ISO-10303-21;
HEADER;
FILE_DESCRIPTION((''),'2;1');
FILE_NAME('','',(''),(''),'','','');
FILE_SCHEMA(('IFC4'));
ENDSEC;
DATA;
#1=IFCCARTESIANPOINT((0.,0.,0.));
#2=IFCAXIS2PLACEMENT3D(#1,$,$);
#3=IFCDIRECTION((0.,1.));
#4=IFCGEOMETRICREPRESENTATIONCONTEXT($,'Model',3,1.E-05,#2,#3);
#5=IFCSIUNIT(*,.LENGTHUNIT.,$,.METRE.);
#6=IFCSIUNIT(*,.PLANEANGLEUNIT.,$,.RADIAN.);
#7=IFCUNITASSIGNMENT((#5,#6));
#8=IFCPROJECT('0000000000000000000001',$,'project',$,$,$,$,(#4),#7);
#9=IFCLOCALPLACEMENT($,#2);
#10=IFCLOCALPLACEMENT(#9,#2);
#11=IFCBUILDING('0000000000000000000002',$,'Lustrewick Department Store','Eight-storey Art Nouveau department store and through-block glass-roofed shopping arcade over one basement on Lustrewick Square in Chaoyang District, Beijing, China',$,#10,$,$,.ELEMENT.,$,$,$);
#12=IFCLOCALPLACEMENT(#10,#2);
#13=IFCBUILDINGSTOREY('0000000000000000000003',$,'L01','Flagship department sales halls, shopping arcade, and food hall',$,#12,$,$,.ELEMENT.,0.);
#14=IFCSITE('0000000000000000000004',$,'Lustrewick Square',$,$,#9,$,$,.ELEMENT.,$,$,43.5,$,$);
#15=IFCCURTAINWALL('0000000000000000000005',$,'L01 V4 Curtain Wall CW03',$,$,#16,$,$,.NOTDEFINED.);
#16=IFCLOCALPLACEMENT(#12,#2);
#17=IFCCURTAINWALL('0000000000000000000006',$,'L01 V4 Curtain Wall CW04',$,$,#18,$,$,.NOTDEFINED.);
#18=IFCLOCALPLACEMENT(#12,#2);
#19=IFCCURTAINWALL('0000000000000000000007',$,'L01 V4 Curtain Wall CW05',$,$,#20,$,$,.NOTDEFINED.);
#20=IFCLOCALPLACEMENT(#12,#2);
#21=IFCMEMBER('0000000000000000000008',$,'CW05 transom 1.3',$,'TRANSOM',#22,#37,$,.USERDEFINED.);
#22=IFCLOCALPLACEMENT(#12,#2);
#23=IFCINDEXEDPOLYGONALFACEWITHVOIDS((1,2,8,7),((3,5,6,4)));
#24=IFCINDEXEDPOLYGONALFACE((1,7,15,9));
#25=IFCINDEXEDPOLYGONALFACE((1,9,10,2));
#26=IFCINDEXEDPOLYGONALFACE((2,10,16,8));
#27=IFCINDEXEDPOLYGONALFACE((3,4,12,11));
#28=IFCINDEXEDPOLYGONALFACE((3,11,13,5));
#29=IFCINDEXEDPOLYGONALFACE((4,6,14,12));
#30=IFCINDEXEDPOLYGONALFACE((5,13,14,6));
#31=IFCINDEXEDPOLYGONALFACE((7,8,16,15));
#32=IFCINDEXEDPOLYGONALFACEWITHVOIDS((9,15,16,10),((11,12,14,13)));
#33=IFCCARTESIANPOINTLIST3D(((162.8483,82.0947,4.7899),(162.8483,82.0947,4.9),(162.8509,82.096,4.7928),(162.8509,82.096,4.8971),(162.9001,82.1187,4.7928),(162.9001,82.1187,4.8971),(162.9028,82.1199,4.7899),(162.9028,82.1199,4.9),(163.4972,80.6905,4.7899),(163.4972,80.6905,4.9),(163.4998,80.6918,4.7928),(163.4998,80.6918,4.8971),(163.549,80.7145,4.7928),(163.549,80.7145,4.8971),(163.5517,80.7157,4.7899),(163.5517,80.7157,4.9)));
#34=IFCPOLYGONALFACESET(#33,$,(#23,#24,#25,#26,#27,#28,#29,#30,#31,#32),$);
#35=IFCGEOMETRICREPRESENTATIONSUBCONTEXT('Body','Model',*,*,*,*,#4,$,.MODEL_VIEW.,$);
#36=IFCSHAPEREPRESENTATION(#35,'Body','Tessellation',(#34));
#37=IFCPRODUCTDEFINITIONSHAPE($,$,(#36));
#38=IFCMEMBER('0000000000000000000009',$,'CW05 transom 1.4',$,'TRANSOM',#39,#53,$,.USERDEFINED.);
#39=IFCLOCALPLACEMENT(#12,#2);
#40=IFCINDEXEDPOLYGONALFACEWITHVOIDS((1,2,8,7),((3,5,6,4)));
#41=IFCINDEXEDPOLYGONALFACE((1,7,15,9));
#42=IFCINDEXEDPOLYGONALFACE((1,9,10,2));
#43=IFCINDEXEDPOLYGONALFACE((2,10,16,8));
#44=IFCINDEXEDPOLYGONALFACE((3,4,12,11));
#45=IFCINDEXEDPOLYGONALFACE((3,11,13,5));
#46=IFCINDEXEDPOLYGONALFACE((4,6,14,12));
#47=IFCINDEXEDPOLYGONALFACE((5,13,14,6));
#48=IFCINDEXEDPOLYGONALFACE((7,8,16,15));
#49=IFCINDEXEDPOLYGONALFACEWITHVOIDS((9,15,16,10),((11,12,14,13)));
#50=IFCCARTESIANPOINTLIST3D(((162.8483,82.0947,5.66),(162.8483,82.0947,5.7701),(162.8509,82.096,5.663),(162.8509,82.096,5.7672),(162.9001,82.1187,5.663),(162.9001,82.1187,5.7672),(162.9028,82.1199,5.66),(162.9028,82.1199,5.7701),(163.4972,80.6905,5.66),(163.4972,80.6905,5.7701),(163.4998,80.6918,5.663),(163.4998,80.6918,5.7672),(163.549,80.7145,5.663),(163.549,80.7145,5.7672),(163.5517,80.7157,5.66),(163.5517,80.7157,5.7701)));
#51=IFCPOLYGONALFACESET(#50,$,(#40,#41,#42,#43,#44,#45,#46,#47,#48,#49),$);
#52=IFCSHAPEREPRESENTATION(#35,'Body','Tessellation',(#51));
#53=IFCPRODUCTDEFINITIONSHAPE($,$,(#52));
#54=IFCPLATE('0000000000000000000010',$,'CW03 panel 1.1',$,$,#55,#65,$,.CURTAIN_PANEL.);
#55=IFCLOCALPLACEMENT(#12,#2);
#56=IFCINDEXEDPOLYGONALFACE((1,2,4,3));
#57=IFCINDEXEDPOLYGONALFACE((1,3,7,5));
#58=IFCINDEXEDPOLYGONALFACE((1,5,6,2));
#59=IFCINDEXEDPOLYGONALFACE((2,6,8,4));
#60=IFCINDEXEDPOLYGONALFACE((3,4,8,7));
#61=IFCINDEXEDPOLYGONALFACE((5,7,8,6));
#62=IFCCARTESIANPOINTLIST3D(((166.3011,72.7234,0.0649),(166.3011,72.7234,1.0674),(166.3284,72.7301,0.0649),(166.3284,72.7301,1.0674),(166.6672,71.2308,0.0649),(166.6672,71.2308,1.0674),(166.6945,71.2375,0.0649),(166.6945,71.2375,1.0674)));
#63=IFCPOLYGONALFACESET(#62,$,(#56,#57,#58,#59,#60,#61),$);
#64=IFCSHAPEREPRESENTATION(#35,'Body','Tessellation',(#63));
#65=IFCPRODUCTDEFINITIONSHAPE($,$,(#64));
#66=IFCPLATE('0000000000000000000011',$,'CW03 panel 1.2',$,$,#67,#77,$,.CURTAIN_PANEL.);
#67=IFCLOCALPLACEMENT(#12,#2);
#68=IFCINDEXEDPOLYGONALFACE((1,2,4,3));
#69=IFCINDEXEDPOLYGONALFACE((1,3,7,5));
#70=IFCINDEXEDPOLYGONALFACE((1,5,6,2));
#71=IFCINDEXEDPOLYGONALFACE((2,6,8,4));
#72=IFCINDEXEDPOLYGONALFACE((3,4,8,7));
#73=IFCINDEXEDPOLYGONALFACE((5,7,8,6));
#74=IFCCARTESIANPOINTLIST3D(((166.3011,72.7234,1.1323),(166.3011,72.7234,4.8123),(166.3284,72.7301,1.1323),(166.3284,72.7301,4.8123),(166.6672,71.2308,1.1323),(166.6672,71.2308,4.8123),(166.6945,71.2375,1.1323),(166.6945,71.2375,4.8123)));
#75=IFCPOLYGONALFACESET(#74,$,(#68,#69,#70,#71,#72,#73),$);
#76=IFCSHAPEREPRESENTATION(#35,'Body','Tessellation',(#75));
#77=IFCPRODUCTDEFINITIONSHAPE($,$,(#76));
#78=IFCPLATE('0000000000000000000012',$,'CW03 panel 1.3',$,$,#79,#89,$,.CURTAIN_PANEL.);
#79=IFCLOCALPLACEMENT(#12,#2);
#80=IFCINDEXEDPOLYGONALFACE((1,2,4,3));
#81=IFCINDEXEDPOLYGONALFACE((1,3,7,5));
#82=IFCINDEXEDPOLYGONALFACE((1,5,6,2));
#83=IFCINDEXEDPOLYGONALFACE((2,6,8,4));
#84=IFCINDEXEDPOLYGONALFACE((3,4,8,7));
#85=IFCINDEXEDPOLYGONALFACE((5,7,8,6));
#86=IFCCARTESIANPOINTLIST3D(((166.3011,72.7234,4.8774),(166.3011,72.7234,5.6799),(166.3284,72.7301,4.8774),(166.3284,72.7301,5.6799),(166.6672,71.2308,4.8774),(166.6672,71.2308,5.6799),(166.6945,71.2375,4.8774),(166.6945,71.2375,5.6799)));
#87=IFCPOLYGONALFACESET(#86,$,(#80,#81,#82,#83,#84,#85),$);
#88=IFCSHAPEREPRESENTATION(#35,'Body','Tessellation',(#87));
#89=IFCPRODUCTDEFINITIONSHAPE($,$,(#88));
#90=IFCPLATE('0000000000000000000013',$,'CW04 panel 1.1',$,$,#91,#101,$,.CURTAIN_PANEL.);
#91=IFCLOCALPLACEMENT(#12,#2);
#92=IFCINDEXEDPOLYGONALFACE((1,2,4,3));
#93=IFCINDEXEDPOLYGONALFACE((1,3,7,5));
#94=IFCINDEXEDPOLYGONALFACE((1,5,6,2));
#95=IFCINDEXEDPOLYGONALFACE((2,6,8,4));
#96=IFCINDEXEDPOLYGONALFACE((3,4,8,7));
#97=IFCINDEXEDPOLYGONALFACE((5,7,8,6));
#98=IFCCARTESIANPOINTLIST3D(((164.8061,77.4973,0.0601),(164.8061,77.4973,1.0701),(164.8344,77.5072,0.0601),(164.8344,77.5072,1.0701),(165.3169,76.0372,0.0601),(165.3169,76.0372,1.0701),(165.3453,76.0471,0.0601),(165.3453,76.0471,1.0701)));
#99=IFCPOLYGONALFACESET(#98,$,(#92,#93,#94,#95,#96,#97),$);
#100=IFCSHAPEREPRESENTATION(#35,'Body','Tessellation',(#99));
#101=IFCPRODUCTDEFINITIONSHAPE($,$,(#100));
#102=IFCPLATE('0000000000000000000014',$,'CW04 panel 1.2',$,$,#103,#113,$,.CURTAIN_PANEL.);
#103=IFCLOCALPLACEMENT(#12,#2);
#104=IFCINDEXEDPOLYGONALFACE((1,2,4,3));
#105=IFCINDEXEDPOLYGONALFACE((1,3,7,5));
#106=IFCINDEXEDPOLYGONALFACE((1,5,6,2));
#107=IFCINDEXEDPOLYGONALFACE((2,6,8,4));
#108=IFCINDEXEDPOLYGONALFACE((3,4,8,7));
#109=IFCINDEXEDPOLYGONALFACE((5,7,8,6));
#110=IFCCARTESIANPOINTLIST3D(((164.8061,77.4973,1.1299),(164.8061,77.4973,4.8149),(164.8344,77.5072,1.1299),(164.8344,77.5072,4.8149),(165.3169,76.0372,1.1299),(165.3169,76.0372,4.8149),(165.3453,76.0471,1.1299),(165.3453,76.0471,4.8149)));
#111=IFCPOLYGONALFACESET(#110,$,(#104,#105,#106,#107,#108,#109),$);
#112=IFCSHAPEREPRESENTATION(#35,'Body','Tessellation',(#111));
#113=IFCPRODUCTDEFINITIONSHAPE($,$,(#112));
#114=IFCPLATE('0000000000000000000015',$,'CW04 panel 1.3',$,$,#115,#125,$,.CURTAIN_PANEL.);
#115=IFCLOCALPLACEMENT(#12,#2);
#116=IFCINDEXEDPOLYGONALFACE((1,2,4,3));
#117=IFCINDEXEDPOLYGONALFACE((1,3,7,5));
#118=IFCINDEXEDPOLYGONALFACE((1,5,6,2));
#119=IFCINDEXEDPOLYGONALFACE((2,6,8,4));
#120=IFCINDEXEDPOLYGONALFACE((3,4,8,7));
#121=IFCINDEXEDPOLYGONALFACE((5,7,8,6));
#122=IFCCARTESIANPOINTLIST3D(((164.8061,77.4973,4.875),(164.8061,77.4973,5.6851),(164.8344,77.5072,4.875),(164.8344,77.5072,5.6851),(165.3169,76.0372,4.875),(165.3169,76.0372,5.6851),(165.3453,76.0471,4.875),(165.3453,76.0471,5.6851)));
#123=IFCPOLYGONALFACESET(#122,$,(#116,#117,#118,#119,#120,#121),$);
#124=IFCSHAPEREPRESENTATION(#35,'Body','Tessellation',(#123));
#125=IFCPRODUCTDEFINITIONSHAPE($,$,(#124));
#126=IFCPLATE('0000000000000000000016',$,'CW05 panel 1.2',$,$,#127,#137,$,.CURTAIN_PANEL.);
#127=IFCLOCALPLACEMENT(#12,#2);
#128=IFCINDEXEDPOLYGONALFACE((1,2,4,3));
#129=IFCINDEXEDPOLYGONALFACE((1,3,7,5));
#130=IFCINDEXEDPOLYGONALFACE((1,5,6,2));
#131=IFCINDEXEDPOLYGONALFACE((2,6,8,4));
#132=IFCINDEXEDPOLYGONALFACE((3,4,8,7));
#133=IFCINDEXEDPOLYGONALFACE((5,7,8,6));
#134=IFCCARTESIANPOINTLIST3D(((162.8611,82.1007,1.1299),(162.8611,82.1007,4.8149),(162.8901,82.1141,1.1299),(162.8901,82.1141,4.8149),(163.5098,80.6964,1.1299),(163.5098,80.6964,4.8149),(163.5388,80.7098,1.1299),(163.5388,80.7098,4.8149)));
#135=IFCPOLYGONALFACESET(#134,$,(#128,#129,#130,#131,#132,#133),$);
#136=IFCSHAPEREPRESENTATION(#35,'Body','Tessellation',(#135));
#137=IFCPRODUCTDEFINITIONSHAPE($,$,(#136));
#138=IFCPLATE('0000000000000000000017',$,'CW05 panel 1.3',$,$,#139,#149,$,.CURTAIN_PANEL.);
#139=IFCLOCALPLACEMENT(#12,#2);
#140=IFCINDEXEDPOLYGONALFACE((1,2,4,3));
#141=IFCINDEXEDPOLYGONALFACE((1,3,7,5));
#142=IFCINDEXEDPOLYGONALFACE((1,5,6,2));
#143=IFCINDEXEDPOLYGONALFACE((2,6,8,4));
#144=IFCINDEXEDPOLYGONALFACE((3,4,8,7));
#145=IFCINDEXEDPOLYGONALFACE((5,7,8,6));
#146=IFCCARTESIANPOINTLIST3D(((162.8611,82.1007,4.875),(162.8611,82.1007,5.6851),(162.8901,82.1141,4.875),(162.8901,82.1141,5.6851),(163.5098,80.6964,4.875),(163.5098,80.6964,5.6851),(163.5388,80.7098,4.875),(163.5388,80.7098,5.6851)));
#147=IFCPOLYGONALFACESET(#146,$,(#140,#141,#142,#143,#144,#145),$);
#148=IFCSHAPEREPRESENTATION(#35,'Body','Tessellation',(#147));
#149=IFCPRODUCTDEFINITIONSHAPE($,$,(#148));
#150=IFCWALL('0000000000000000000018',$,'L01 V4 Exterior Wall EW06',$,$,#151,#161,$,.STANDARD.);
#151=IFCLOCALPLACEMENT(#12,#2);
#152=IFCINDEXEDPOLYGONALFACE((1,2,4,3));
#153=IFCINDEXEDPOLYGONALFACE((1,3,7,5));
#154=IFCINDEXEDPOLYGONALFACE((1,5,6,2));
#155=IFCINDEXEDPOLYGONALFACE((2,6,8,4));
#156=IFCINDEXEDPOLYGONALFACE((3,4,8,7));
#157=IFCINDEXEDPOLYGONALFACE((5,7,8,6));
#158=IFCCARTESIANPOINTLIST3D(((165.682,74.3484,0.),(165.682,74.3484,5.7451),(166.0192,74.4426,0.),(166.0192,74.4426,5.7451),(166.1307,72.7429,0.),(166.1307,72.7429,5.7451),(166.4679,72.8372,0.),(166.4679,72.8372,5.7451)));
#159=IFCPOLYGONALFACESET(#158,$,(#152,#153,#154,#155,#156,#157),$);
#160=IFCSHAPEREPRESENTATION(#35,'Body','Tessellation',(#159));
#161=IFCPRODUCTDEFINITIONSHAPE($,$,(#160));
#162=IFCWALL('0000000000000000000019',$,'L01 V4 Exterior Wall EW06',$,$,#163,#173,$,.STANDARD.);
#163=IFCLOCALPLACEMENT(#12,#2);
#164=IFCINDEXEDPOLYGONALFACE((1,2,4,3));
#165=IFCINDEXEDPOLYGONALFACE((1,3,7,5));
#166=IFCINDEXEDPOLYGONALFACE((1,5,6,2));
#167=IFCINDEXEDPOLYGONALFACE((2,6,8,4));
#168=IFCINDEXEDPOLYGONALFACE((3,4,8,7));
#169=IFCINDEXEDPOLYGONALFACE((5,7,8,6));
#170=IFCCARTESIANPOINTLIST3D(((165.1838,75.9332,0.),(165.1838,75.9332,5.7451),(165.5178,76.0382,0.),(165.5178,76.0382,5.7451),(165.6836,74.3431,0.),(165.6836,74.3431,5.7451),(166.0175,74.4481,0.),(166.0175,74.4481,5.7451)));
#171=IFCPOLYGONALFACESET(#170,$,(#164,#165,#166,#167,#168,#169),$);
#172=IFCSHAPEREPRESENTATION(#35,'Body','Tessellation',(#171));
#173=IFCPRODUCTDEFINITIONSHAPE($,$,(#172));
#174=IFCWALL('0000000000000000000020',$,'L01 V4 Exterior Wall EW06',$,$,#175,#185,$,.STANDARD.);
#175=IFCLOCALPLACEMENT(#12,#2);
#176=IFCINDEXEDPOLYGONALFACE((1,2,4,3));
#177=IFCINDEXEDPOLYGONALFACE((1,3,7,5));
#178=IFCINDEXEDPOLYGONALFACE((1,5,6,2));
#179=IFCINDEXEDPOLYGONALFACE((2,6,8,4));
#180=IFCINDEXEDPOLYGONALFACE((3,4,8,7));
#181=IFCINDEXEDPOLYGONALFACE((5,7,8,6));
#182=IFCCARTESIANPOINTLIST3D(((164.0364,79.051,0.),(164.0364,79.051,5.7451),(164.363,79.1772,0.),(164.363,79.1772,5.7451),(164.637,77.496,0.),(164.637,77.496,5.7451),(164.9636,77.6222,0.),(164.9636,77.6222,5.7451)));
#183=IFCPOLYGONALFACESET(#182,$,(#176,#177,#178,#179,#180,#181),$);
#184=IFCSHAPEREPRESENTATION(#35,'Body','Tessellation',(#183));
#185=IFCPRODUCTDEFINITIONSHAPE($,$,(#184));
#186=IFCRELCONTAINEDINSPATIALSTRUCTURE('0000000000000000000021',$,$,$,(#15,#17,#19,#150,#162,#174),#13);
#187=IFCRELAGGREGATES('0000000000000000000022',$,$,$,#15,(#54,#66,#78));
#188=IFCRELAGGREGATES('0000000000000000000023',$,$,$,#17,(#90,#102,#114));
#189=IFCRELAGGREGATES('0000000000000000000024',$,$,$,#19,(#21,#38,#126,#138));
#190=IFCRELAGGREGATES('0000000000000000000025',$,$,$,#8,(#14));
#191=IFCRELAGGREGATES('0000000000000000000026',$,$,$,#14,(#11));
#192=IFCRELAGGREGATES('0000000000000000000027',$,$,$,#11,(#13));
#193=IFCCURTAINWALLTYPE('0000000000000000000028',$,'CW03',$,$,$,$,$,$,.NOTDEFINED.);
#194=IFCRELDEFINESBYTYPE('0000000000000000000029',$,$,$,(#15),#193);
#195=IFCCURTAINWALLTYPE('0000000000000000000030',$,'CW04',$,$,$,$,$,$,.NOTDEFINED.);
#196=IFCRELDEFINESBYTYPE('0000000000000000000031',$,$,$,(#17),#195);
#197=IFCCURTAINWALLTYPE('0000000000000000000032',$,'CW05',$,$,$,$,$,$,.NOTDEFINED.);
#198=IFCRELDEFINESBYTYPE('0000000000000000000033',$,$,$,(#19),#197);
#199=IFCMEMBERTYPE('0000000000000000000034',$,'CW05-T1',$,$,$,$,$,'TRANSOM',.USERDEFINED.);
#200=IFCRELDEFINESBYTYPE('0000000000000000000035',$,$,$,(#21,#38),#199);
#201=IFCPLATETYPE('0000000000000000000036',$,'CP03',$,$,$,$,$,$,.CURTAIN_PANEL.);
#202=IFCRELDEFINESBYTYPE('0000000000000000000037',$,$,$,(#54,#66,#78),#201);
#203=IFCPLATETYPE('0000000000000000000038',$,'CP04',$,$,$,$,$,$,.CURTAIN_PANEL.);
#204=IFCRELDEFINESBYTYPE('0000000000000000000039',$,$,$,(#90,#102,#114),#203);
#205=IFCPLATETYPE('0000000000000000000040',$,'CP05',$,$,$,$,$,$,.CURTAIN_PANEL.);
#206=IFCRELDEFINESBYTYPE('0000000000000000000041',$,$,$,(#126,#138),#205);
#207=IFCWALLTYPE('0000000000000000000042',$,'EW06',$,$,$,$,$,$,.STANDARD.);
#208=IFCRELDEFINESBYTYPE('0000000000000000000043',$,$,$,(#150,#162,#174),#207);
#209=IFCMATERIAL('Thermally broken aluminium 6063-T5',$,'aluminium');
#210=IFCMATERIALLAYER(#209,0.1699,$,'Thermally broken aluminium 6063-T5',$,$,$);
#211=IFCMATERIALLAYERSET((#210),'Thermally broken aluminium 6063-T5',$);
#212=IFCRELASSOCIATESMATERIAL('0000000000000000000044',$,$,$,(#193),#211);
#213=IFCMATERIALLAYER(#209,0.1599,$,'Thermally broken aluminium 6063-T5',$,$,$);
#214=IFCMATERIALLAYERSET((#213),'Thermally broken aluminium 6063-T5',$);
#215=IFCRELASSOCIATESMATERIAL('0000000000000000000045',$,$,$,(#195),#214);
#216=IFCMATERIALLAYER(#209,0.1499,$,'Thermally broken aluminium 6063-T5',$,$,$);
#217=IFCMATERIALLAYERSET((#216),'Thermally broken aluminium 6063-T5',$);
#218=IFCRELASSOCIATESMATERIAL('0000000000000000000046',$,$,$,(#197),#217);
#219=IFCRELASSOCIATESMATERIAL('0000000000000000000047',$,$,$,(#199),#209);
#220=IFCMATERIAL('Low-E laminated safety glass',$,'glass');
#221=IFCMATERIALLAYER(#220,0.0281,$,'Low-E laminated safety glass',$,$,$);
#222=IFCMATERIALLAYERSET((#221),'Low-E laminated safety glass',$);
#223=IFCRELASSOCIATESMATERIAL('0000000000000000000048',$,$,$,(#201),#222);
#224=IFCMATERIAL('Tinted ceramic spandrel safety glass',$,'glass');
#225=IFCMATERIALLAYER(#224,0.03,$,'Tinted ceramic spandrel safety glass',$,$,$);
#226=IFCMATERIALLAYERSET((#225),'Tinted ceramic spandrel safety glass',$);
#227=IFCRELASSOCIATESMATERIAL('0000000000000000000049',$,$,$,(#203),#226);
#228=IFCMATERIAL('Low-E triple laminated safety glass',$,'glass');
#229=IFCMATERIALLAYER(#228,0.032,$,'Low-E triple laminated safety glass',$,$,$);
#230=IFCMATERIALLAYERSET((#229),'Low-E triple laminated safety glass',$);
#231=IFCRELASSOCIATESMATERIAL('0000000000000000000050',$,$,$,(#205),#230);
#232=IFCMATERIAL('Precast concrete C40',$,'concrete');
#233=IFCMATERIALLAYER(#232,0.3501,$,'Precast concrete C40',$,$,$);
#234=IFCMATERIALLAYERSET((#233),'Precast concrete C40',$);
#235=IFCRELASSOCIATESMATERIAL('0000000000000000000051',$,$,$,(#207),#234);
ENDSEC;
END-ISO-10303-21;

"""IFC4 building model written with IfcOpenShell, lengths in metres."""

from ifc_helpers import new_model, si_unit, direction, frame, frame_2d, origin, origin_2d, place, context, subcontext, project, spatial, rectangle, hollow_rectangle, extrude, material, layer, layer_set, material_profile, profile_set, type_object, element, aggregate, save


model = new_model("IFC4")

# Units and contexts
model_context = context("Model", 3, precision=1e-05, world=origin(), true_north=direction((0.0, 1.0)))
body_context = subcontext(model_context, "Body", "Model", "MODEL_VIEW")
ifc_project = project(units=[si_unit("LENGTHUNIT", "METRE"), si_unit("PLANEANGLEUNIT", "RADIAN")], contexts=[model_context])

# Site, building, storey
site_placement = place(None, origin())
site = spatial("IfcSite", under=ifc_project, at=site_placement, Name="Lustrewick Square", CompositionType="ELEMENT", RefElevation=43.5)
building_placement = place(site_placement, origin())
building = spatial("IfcBuilding", under=site, at=building_placement, Name="Lustrewick Department Store", Description="Eight-storey Art Nouveau department store and through-block glass-roofed shopping arcade over one basement on Lustrewick Square in Chaoyang District, Beijing, China", CompositionType="ELEMENT")
storey_placement = place(building_placement, origin())
storey = spatial("IfcBuildingStorey", under=building, at=storey_placement, Name="L01", Description="Flagship department sales halls, shopping arcade, and food hall", CompositionType="ELEMENT", Elevation=0.0)

# Curtain wall
ifc_material_1 = material(Name="Thermally broken aluminium 6063-T5", Category="aluminium")
ifc_layer_1 = layer(ifc_material_1, 0.1699, Name="Thermally broken aluminium 6063-T5")
ifc_layer_set_1 = layer_set([ifc_layer_1], Name="Thermally broken aluminium 6063-T5")
curtain_wall_type_1 = type_object("IfcCurtainWallType", Name="CW03", PredefinedType="NOTDEFINED", material=ifc_layer_set_1)
curtain_wall_1_placement = place(storey_placement, origin())
curtain_wall_1 = element("IfcCurtainWall", 1, at=curtain_wall_1_placement, inside=storey, type_object=curtain_wall_type_1, Name="L01 V4 Curtain Wall CW03", PredefinedType="NOTDEFINED")

# Curtain walls, members
ifc_layer_2 = layer(ifc_material_1, 0.1599, Name="Thermally broken aluminium 6063-T5")
ifc_layer_set_2 = layer_set([ifc_layer_2], Name="Thermally broken aluminium 6063-T5")
curtain_wall_type_2 = type_object("IfcCurtainWallType", Name="CW04", PredefinedType="NOTDEFINED", material=ifc_layer_set_2)
curtain_wall_2_placement = place(storey_placement, origin())
curtain_wall_2 = element("IfcCurtainWall", 2, at=curtain_wall_2_placement, inside=storey, type_object=curtain_wall_type_2, Name="L01 V4 Curtain Wall CW04", PredefinedType="NOTDEFINED")
ifc_layer_3 = layer(ifc_material_1, 0.1499, Name="Thermally broken aluminium 6063-T5")
ifc_layer_set_3 = layer_set([ifc_layer_3], Name="Thermally broken aluminium 6063-T5")
curtain_wall_type_3 = type_object("IfcCurtainWallType", Name="CW05", PredefinedType="NOTDEFINED", material=ifc_layer_set_3)
curtain_wall_3_placement = place(storey_placement, origin())
curtain_wall_3 = element("IfcCurtainWall", 3, at=curtain_wall_3_placement, inside=storey, type_object=curtain_wall_type_3, Name="L01 V4 Curtain Wall CW05", PredefinedType="NOTDEFINED")
ifc_material_profile_1 = material_profile(ifc_material_1, hollow_rectangle(XDim=0.0601, YDim=0.1101, WallThickness=0.0029, at=origin_2d()), Name="ALU-T 60x110x3")
ifc_profile_set_1 = profile_set([ifc_material_profile_1], Name="Thermally broken aluminium 6063-T5")
member_type_1 = type_object("IfcMemberType", Name="CW05-T1", ElementType="TRANSOM", PredefinedType="USERDEFINED", material=ifc_profile_set_1)
member_1_placement = place(storey_placement, frame((163.5244, 80.7031, 4.845), z_axis=(-0.419478, 0.907765, 0.0), x_axis=(-0.907765, -0.419478, 0.0)))
member_1 = element("IfcMember", 4, at=member_1_placement, type_object=member_type_1, Name="CW05 transom 1.3", ObjectType="TRANSOM", PredefinedType="USERDEFINED", context=body_context, shape_type="SweptSolid", body=[
    extrude(hollow_rectangle(XDim=0.0601, YDim=0.1101, WallThickness=0.0029, at=origin_2d()), origin(), (0.0, 0.0, 1.0), 1.5469),
])
member_2_placement = place(storey_placement, frame((163.5244, 80.7031, 5.7151), z_axis=(-0.419478, 0.907765, 0.0), x_axis=(-0.907765, -0.419478, 0.0)))
member_2 = element("IfcMember", 5, at=member_2_placement, type_object=member_type_1, Name="CW05 transom 1.4", ObjectType="TRANSOM", PredefinedType="USERDEFINED", context=body_context, shape_type="SweptSolid", body=[
    extrude(hollow_rectangle(XDim=0.0601, YDim=0.1101, WallThickness=0.0029, at=origin_2d()), origin(), (0.0, 0.0, 1.0), 1.5469),
])

# Plates
ifc_material_2 = material(Name="Low-E laminated safety glass", Category="glass")
ifc_layer_4 = layer(ifc_material_2, 0.0281, Name="Low-E laminated safety glass")
ifc_layer_set_4 = layer_set([ifc_layer_4], Name="Low-E laminated safety glass")
plate_type_1 = type_object("IfcPlateType", Name="CP03", PredefinedType="CURTAIN_PANEL", material=ifc_layer_set_4)
plate_1_placement = place(storey_placement, frame((166.4978, 71.9805, 0.0649), z_axis=(0.0, 0.0, 1.0), x_axis=(-0.238171, 0.971223, 0.0)))
plate_1 = element("IfcPlate", 6, at=plate_1_placement, type_object=plate_type_1, Name="CW03 panel 1.1", PredefinedType="CURTAIN_PANEL", context=body_context, shape_type="SweptSolid", body=[
    extrude(rectangle(XDim=1.5369, YDim=0.0281, at=origin_2d()), origin(), (0.0, 0.0, 1.0), 1.0024),
])
plate_2_placement = place(storey_placement, frame((166.4978, 71.9805, 1.1323), z_axis=(0.0, 0.0, 1.0), x_axis=(-0.238171, 0.971223, 0.0)))
plate_2 = element("IfcPlate", 7, at=plate_2_placement, type_object=plate_type_1, Name="CW03 panel 1.2", PredefinedType="CURTAIN_PANEL", context=body_context, shape_type="SweptSolid", body=[
    extrude(rectangle(XDim=1.5369, YDim=0.0281, at=origin_2d()), origin(), (0.0, 0.0, 1.0), 3.6799),
])
plate_3_placement = place(storey_placement, frame((166.4978, 71.9805, 4.8774), z_axis=(0.0, 0.0, 1.0), x_axis=(-0.238171, 0.971223, 0.0)))
plate_3 = element("IfcPlate", 8, at=plate_3_placement, type_object=plate_type_1, Name="CW03 panel 1.3", PredefinedType="CURTAIN_PANEL", context=body_context, shape_type="SweptSolid", body=[
    extrude(rectangle(XDim=1.5369, YDim=0.0281, at=origin_2d()), origin(), (0.0, 0.0, 1.0), 0.8025),
])
aggregate(curtain_wall_1, [plate_1, plate_2, plate_3])
ifc_material_3 = material(Name="Tinted ceramic spandrel safety glass", Category="glass")
ifc_layer_5 = layer(ifc_material_3, 0.03, Name="Tinted ceramic spandrel safety glass")
ifc_layer_set_5 = layer_set([ifc_layer_5], Name="Tinted ceramic spandrel safety glass")
plate_type_2 = type_object("IfcPlateType", Name="CP04", PredefinedType="CURTAIN_PANEL", material=ifc_layer_set_5)
plate_4_placement = place(storey_placement, frame((165.0757, 76.7722, 0.0601), z_axis=(0.0, 0.0, 1.0), x_axis=(-0.330249, 0.943894, 0.0)))
plate_4 = element("IfcPlate", 9, at=plate_4_placement, type_object=plate_type_2, Name="CW04 panel 1.1", PredefinedType="CURTAIN_PANEL", context=body_context, shape_type="SweptSolid", body=[
    extrude(rectangle(XDim=1.5469, YDim=0.03, at=origin_2d()), origin(), (0.0, 0.0, 1.0), 1.01),
])
plate_5_placement = place(storey_placement, frame((165.0757, 76.7722, 1.1299), z_axis=(0.0, 0.0, 1.0), x_axis=(-0.330249, 0.943894, 0.0)))
plate_5 = element("IfcPlate", 10, at=plate_5_placement, type_object=plate_type_2, Name="CW04 panel 1.2", PredefinedType="CURTAIN_PANEL", context=body_context, shape_type="SweptSolid", body=[
    extrude(rectangle(XDim=1.5469, YDim=0.03, at=origin_2d()), origin(), (0.0, 0.0, 1.0), 3.6851),
])
plate_6_placement = place(storey_placement, frame((165.0757, 76.7722, 4.875), z_axis=(0.0, 0.0, 1.0), x_axis=(-0.330249, 0.943894, 0.0)))
plate_6 = element("IfcPlate", 11, at=plate_6_placement, type_object=plate_type_2, Name="CW04 panel 1.3", PredefinedType="CURTAIN_PANEL", context=body_context, shape_type="SweptSolid", body=[
    extrude(rectangle(XDim=1.5469, YDim=0.03, at=origin_2d()), origin(), (0.0, 0.0, 1.0), 0.8101),
])
aggregate(curtain_wall_2, [plate_4, plate_5, plate_6])
ifc_material_4 = material(Name="Low-E triple laminated safety glass", Category="glass")
ifc_layer_6 = layer(ifc_material_4, 0.032, Name="Low-E triple laminated safety glass")
ifc_layer_set_6 = layer_set([ifc_layer_6], Name="Low-E triple laminated safety glass")
plate_type_3 = type_object("IfcPlateType", Name="CP05", PredefinedType="CURTAIN_PANEL", material=ifc_layer_set_6)
plate_7_placement = place(storey_placement, frame((163.2, 81.4053, 1.1299), z_axis=(0.0, 0.0, 1.0), x_axis=(-0.419382, 0.90781, 0.0)))
plate_7 = element("IfcPlate", 12, at=plate_7_placement, type_object=plate_type_3, Name="CW05 panel 1.2", PredefinedType="CURTAIN_PANEL", context=body_context, shape_type="SweptSolid", body=[
    extrude(rectangle(XDim=1.5469, YDim=0.032, at=origin_2d()), origin(), (0.0, 0.0, 1.0), 3.6851),
])
plate_8_placement = place(storey_placement, frame((163.2, 81.4053, 4.875), z_axis=(0.0, 0.0, 1.0), x_axis=(-0.419382, 0.90781, 0.0)))
plate_8 = element("IfcPlate", 13, at=plate_8_placement, type_object=plate_type_3, Name="CW05 panel 1.3", PredefinedType="CURTAIN_PANEL", context=body_context, shape_type="SweptSolid", body=[
    extrude(rectangle(XDim=1.5469, YDim=0.032, at=origin_2d()), origin(), (0.0, 0.0, 1.0), 0.8101),
])
aggregate(curtain_wall_3, [member_1, member_2, plate_7, plate_8])

# Walls
ifc_material_5 = material(Name="Precast concrete C40", Category="concrete")
ifc_layer_7 = layer(ifc_material_5, 0.3501, Name="Precast concrete C40")
ifc_layer_set_7 = layer_set([ifc_layer_7], Name="Precast concrete C40")
wall_type = type_object("IfcWallType", Name="EW06", PredefinedType="STANDARD", material=ifc_layer_set_7)
wall_1_placement = place(storey_placement, frame((166.2993, 72.79, 0.0), z_axis=(0.0, 0.0, 1.0), x_axis=(-0.269184, 0.963089, 0.0)))
element("IfcWall", 14, at=wall_1_placement, inside=storey, type_object=wall_type, Name="L01 V4 Exterior Wall EW06", PredefinedType="STANDARD", context=body_context, shape_type="SweptSolid", body=[
    extrude(rectangle(XDim=1.667, YDim=0.3501, at=frame_2d((0.8335, 0.0))), origin(), (0.0, 0.0, 1.0), 5.7451),
])
wall_2_placement = place(storey_placement, frame((165.8506, 74.3955, 0.0), z_axis=(0.0, 0.0, 1.0), x_axis=(-0.299834, 0.953991, 0.0)))
element("IfcWall", 15, at=wall_2_placement, inside=storey, type_object=wall_type, Name="L01 V4 Exterior Wall EW06", PredefinedType="STANDARD", context=body_context, shape_type="SweptSolid", body=[
    extrude(rectangle(XDim=1.6667, YDim=0.3501, at=frame_2d((0.8335, 0.0))), origin(), (0.0, 0.0, 1.0), 5.7451),
])
wall_3_placement = place(storey_placement, frame((164.8003, 77.5591, 0.0), z_axis=(0.0, 0.0, 1.0), x_axis=(-0.360304, 0.932835, 0.0)))
element("IfcWall", 16, at=wall_3_placement, inside=storey, type_object=wall_type, Name="L01 V4 Exterior Wall EW06", PredefinedType="STANDARD", context=body_context, shape_type="SweptSolid", body=[
    extrude(rectangle(XDim=1.667, YDim=0.3501, at=frame_2d((0.8335, 0.0))), origin(), (0.0, 0.0, 1.0), 5.7451),
])

save(model, "model.ifc")
